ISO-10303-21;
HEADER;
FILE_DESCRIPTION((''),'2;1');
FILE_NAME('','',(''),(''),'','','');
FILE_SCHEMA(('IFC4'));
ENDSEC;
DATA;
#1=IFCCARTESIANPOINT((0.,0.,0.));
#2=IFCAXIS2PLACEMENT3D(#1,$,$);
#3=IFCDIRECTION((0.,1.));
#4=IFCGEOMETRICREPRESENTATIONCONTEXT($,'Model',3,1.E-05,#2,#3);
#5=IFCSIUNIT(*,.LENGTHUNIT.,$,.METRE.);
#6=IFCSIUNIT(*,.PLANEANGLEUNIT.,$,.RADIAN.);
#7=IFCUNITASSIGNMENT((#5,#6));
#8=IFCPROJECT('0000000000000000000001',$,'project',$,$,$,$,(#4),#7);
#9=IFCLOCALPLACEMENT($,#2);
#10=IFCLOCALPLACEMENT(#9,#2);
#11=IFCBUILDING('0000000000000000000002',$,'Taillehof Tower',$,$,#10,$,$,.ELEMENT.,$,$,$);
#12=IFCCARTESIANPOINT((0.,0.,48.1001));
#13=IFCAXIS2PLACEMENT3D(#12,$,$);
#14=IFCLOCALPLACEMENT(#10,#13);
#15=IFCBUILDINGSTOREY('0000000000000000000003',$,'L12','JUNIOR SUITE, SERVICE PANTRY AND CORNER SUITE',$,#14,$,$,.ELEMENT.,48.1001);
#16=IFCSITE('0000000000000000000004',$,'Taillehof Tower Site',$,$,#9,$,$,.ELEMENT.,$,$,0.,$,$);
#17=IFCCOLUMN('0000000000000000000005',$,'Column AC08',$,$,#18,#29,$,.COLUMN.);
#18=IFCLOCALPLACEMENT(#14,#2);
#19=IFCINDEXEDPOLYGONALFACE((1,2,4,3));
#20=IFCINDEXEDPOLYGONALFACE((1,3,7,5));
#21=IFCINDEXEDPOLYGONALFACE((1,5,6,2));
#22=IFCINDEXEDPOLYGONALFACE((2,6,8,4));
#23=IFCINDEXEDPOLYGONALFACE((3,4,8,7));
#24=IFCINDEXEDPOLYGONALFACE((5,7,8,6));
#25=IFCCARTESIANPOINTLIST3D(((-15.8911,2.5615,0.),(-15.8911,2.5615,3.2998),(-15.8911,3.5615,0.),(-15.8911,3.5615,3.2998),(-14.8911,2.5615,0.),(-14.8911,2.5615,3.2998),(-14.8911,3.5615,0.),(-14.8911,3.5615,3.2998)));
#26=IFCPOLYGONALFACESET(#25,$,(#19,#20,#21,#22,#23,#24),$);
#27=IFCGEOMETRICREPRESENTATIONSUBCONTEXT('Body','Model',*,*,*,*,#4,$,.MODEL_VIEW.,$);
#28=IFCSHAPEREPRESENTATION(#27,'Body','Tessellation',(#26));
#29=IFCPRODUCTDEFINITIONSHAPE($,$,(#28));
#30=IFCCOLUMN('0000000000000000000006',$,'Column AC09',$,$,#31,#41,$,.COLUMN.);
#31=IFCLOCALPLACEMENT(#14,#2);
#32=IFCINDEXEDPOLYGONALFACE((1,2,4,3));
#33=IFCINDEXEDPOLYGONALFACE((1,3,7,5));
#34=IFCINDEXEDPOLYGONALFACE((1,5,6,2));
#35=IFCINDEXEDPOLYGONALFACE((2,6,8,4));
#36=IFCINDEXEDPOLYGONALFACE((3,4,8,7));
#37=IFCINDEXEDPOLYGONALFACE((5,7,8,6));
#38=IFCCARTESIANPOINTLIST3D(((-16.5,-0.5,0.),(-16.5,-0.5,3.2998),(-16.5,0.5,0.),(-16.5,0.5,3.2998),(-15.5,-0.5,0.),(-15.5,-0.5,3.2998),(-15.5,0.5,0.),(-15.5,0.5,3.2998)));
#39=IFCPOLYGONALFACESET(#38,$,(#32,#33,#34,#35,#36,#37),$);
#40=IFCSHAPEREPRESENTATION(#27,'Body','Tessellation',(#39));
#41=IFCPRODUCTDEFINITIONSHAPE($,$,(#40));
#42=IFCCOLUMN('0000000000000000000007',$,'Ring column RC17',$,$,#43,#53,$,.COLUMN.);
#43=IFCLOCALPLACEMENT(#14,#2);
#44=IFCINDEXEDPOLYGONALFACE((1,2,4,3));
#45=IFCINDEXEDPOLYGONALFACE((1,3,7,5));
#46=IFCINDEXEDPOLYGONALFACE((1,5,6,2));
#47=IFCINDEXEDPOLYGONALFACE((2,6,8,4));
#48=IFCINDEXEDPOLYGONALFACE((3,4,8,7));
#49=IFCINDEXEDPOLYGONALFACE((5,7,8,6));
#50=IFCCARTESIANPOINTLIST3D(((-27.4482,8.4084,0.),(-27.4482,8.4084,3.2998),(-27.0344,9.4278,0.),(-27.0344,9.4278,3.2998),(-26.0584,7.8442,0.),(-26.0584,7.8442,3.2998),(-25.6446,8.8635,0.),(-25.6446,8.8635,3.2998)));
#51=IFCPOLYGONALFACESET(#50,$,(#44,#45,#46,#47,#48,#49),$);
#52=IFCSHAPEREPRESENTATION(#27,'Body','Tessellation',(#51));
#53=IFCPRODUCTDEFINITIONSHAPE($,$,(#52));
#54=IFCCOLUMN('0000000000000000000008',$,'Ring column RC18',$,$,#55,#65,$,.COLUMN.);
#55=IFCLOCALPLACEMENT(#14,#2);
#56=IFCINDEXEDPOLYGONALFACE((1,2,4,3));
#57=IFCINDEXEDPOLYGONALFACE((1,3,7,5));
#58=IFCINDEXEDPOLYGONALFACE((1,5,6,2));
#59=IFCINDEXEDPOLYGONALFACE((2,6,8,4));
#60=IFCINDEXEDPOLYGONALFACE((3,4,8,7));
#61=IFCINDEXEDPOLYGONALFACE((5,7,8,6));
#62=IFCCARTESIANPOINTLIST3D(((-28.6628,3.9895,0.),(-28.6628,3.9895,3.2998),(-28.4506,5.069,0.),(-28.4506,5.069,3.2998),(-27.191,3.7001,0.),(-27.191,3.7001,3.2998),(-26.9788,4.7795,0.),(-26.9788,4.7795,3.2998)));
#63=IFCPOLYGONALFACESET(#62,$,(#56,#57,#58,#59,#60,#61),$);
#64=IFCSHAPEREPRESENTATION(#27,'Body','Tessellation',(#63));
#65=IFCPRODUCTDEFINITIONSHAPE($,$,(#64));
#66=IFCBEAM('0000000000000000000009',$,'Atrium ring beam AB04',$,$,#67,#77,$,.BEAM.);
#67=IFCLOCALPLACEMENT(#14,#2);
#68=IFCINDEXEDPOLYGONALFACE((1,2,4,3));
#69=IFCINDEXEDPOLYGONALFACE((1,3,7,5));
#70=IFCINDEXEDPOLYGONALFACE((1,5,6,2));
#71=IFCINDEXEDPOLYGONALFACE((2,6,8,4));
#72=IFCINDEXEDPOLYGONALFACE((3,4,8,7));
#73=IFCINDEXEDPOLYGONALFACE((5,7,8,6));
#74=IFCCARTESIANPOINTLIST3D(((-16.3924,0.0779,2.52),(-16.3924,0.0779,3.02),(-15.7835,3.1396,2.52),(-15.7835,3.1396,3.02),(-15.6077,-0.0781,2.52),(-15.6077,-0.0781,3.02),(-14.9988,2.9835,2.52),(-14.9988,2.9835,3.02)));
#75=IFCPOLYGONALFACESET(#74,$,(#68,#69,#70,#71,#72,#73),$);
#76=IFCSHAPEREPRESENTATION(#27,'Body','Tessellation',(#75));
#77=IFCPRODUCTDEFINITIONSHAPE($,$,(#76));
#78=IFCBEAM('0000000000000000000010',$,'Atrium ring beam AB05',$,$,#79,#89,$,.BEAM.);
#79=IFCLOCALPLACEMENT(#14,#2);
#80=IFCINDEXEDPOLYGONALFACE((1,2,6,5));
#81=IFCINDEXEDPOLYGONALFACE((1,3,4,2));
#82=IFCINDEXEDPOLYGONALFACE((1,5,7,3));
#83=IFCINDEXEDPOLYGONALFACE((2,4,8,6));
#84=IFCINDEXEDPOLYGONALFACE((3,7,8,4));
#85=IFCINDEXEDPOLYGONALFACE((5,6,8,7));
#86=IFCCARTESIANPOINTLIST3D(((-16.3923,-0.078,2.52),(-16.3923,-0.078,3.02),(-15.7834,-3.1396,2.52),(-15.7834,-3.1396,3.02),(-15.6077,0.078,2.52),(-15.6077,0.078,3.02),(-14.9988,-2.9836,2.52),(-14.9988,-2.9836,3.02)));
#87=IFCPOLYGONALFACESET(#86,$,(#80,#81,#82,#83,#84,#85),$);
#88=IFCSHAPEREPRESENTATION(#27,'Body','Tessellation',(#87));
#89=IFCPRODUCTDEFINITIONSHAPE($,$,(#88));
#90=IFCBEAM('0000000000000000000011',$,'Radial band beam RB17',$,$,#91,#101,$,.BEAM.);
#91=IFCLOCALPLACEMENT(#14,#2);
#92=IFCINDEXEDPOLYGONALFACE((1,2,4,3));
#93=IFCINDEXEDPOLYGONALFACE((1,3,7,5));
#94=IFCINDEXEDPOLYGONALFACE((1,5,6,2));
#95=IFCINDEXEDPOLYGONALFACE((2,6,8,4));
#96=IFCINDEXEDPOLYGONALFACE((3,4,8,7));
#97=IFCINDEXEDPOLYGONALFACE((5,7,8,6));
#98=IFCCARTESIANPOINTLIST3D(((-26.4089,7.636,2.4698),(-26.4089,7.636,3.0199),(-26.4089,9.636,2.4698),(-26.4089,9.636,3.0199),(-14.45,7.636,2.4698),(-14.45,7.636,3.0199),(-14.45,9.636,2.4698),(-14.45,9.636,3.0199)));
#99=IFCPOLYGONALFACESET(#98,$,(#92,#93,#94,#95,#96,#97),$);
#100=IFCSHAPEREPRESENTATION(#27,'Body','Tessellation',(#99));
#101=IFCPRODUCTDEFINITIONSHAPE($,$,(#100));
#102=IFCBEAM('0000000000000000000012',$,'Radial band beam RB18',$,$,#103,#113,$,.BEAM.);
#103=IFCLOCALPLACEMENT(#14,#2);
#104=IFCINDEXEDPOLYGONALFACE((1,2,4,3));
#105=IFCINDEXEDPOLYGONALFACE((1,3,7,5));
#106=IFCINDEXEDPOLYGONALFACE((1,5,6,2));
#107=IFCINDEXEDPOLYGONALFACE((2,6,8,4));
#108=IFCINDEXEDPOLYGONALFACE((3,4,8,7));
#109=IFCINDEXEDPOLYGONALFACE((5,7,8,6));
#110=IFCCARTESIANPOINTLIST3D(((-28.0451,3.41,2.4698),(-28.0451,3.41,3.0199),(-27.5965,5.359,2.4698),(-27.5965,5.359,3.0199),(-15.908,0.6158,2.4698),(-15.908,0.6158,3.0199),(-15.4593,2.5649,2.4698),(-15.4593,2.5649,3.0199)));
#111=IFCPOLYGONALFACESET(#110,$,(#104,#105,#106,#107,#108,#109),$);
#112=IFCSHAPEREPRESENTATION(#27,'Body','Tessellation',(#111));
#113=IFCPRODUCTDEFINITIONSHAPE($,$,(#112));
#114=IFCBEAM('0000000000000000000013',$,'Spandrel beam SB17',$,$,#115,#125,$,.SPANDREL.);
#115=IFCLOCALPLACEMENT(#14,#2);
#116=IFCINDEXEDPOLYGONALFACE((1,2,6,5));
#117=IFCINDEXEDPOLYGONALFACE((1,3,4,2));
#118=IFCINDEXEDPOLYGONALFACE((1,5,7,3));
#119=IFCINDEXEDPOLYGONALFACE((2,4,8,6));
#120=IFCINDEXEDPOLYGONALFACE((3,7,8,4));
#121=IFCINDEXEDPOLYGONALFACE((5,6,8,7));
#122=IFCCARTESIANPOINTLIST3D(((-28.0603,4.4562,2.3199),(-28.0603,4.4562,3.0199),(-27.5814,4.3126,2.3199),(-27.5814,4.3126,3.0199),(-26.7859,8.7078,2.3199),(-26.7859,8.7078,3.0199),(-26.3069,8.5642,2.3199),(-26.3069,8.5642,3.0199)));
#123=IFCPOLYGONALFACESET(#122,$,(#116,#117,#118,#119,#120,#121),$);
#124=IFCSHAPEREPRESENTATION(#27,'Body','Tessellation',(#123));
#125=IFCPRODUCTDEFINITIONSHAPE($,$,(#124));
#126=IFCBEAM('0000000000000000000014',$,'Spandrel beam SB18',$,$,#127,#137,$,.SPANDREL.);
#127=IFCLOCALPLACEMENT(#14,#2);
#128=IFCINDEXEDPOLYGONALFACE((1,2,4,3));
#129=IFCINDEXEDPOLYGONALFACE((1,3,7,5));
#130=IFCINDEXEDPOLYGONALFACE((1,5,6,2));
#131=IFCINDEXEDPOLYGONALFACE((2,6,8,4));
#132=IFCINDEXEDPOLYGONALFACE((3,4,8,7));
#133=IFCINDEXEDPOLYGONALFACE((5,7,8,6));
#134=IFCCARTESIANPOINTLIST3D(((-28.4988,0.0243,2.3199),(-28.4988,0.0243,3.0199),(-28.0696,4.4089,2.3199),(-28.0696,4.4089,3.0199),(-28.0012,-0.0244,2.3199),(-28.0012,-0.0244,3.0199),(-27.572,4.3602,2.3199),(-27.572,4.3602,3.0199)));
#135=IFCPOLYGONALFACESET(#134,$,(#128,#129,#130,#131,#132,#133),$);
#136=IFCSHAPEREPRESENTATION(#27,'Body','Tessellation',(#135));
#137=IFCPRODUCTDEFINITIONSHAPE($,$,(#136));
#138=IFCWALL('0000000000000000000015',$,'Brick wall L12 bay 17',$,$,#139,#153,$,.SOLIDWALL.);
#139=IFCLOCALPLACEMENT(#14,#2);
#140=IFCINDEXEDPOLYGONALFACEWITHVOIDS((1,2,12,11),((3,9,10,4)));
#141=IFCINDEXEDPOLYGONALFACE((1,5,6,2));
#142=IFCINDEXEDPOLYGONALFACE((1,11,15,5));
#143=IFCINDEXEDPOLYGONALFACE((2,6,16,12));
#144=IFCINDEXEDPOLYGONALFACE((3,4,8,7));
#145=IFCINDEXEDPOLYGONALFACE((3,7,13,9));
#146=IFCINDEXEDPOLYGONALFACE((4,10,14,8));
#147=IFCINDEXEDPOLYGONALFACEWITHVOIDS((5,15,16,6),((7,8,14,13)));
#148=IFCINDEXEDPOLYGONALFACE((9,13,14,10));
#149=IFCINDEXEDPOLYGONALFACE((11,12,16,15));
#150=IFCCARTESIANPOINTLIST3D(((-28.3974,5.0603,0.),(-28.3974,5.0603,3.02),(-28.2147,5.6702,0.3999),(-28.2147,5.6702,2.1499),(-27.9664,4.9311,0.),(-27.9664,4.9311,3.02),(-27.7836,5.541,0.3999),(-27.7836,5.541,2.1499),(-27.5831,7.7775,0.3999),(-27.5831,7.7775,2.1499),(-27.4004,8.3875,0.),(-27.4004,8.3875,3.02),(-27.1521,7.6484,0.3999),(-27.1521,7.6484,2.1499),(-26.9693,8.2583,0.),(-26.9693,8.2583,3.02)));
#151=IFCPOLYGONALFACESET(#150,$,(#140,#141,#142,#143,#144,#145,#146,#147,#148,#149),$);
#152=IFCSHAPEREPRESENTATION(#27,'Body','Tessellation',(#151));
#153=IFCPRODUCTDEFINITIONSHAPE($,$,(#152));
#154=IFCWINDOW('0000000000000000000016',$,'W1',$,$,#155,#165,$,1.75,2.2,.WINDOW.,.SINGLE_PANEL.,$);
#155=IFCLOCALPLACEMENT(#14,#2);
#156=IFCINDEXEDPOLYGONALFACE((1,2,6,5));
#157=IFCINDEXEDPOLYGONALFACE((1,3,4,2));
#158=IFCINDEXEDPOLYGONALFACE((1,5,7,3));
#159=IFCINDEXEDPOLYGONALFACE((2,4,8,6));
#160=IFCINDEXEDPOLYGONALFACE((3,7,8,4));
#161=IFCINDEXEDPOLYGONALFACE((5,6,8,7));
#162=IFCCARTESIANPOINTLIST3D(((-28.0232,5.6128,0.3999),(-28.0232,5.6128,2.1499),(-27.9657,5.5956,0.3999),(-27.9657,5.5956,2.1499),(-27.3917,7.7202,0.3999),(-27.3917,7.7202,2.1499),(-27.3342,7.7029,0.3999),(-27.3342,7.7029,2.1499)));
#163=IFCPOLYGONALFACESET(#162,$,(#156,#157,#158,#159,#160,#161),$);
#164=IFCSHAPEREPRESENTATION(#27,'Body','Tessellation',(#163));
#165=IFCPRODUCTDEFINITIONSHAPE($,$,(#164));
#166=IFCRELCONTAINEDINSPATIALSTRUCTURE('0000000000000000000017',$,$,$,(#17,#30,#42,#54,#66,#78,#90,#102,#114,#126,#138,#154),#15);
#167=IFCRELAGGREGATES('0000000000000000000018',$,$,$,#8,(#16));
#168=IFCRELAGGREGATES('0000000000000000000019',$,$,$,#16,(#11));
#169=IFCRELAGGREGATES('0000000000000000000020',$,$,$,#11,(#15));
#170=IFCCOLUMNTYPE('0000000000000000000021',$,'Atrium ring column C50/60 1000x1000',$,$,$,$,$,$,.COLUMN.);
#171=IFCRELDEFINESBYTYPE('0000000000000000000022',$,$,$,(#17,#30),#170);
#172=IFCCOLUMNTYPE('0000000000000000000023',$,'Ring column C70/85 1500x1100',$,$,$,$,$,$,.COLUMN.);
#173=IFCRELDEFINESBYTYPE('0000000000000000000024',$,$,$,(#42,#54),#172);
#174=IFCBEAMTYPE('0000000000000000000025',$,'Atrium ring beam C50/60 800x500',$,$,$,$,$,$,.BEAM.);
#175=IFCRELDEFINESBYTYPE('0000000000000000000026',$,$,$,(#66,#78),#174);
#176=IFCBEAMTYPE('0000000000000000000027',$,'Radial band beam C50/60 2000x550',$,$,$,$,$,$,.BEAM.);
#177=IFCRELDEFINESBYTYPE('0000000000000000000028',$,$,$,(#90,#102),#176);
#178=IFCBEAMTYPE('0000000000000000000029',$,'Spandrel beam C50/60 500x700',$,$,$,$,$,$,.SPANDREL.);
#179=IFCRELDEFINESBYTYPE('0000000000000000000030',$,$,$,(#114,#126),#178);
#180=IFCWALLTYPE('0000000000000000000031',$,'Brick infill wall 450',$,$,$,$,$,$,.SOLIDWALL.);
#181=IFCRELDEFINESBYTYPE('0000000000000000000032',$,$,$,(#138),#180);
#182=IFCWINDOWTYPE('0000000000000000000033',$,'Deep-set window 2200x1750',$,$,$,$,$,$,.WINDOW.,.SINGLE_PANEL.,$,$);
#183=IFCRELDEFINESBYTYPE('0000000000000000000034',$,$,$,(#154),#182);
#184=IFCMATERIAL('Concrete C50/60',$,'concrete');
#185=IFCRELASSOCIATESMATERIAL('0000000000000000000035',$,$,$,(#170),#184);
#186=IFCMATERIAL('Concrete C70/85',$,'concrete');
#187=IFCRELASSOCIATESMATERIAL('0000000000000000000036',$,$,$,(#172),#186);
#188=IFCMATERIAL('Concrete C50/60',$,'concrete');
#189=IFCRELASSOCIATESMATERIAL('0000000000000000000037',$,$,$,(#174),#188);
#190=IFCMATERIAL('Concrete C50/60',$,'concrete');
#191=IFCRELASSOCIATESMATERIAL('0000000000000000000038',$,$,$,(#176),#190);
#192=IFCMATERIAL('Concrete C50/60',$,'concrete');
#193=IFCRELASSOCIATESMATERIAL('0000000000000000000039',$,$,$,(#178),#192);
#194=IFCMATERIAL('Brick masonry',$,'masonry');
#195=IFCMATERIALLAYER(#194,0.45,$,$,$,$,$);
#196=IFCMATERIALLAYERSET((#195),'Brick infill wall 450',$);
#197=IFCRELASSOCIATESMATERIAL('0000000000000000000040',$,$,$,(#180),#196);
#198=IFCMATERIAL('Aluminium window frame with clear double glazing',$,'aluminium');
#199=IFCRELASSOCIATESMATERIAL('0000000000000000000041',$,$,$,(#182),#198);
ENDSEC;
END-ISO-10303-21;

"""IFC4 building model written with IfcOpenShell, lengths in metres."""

from ifc_helpers import new_model, si_unit, direction, frame, frame_2d, origin, origin_2d, place, context, subcontext, project, spatial, rectangle, extrude, material, layer, layer_set, material_profile, profile_set, type_object, element, fill, save


model = new_model("IFC4")

# Units and contexts
model_context = context("Model", 3, precision=1e-05, world=origin(), true_north=direction((0.0, 1.0)))
body_context = subcontext(model_context, "Body", "Model", "MODEL_VIEW")
ifc_project = project(units=[si_unit("LENGTHUNIT", "METRE"), si_unit("PLANEANGLEUNIT", "RADIAN")], contexts=[model_context])

# Site, building, storey
site_placement = place(None, origin())
site = spatial("IfcSite", under=ifc_project, at=site_placement, Name="Taillehof Tower Site", CompositionType="ELEMENT", RefElevation=0.0)
building_placement = place(site_placement, origin())
building = spatial("IfcBuilding", under=site, at=building_placement, Name="Taillehof Tower", CompositionType="ELEMENT")
storey_placement = place(building_placement, frame((0.0, 0.0, 48.1001)))
storey = spatial("IfcBuildingStorey", under=building, at=storey_placement, Name="L12", Description="JUNIOR SUITE, SERVICE PANTRY AND CORNER SUITE", CompositionType="ELEMENT", Elevation=48.1001)

# Columns
ifc_material_1 = material(Name="Concrete C50/60", Category="concrete")
ifc_material_profile_1 = material_profile(ifc_material_1, rectangle(XDim=1.0, YDim=1.0, at=origin_2d()), Name="RC 1000x1000")
ifc_profile_set_1 = profile_set([ifc_material_profile_1], Name="Concrete C50/60")
column_type_1 = type_object("IfcColumnType", Name="Atrium ring column C50/60 1000x1000", PredefinedType="COLUMN", material=ifc_profile_set_1)
for number, where, z_axis, x_axis, name in (
    (1, (-15.3911, 3.0615, 0.0), (0.0, 0.0, 1.0), (1.0, 0.0, 0.0), "Column AC08"),
    (2, (-16.0, 0.0, 0.0), (0.0, 0.0, 1.0), (1.0, 0.0, 0.0), "Column AC09"),
):
    element("IfcColumn", number, at=place(storey_placement, frame(where, z_axis=z_axis, x_axis=x_axis)), inside=storey, type_object=column_type_1, Name=name, PredefinedType="COLUMN", context=body_context, shape_type="SweptSolid", body=[
        extrude(rectangle(XDim=1.0, YDim=1.0, at=origin_2d()), origin(), (0.0, 0.0, 1.0), 3.2998),
    ])
ifc_material_2 = material(Name="Concrete C70/85", Category="concrete")
ifc_material_profile_2 = material_profile(ifc_material_2, rectangle(XDim=1.5, YDim=1.1001, at=origin_2d()), Name="RC 1500x1100")
ifc_profile_set_2 = profile_set([ifc_material_profile_2], Name="Concrete C70/85")
column_type_2 = type_object("IfcColumnType", Name="Ring column C70/85 1500x1100", PredefinedType="COLUMN", material=ifc_profile_set_2)
for number, where, z_axis, x_axis, name in (
    (3, (-26.5464, 8.636, 0.0), (0.0, 0.0, 1.0), (-0.926558, 0.376152, 0.0), "Ring column RC17"),
    (4, (-27.8208, 4.3845, 0.0), (0.0, 0.0, 1.0), (-0.981204, 0.192976, 0.0), "Ring column RC18"),
):
    element("IfcColumn", number, at=place(storey_placement, frame(where, z_axis=z_axis, x_axis=x_axis)), inside=storey, type_object=column_type_2, Name=name, PredefinedType="COLUMN", context=body_context, shape_type="SweptSolid", body=[
        extrude(rectangle(XDim=1.5, YDim=1.1001, at=origin_2d()), origin(), (0.0, 0.0, 1.0), 3.2998),
    ])

# Beams
ifc_material_3 = material(Name="Concrete C50/60", Category="concrete")
ifc_material_profile_3 = material_profile(ifc_material_3, rectangle(XDim=0.8, YDim=0.5, at=origin_2d()), Name="RC 800x500")
ifc_profile_set_3 = profile_set([ifc_material_profile_3], Name="Concrete C50/60")
beam_type_1 = type_object("IfcBeamType", Name="Atrium ring beam C50/60 800x500", PredefinedType="BEAM", material=ifc_profile_set_3)
for number, where, z_axis, x_axis, name in (
    (5, (-15.3911, 3.0615, 2.77), (-0.195063, -0.980791, 0.0), (0.980791, -0.195063, 0.0), "Atrium ring beam AB04"),
    (6, (-16.0, 0.0, 2.77), (0.195063, -0.980791, 0.0), (0.980791, 0.195063, 0.0), "Atrium ring beam AB05"),
):
    element("IfcBeam", number, at=place(storey_placement, frame(where, z_axis=z_axis, x_axis=x_axis)), inside=storey, type_object=beam_type_1, Name=name, PredefinedType="BEAM", context=body_context, shape_type="SweptSolid", body=[
        extrude(rectangle(XDim=0.8, YDim=0.5, at=origin_2d()), origin(), (0.0, 0.0, 1.0), 3.1216),
    ])
ifc_material_4 = material(Name="Concrete C50/60", Category="concrete")
ifc_material_profile_4 = material_profile(ifc_material_4, rectangle(XDim=2.0, YDim=0.55, at=origin_2d()), Name="RC 2000x550")
ifc_profile_set_4 = profile_set([ifc_material_profile_4], Name="Concrete C50/60")
beam_type_2 = type_object("IfcBeamType", Name="Radial band beam C50/60 2000x550", PredefinedType="BEAM", material=ifc_profile_set_4)
beam_1_placement = place(storey_placement, frame((-26.4089, 8.636, 2.7449), z_axis=(1.0, 0.0, 0.0), x_axis=(0.0, 1.0, 0.0)))
element("IfcBeam", 7, at=beam_1_placement, inside=storey, type_object=beam_type_2, Name="Radial band beam RB17", PredefinedType="BEAM", context=body_context, shape_type="SweptSolid", body=[
    extrude(rectangle(XDim=2.0, YDim=0.55, at=origin_2d()), origin(), (0.0, 0.0, 1.0), 11.959),
])
beam_2_placement = place(storey_placement, frame((-27.8208, 4.3845, 2.7449), z_axis=(0.974509, -0.224348, 0.0), x_axis=(0.224348, 0.974509, 0.0)))
element("IfcBeam", 8, at=beam_2_placement, inside=storey, type_object=beam_type_2, Name="Radial band beam RB18", PredefinedType="BEAM", context=body_context, shape_type="SweptSolid", body=[
    extrude(rectangle(XDim=2.0, YDim=0.55, at=origin_2d()), origin(), (0.0, 0.0, 1.0), 12.4546),
])
ifc_material_5 = material(Name="Concrete C50/60", Category="concrete")
ifc_material_profile_5 = material_profile(ifc_material_5, rectangle(XDim=0.5, YDim=0.7, at=origin_2d()), Name="RC 500x700")
ifc_profile_set_5 = profile_set([ifc_material_profile_5], Name="Concrete C50/60")
beam_type_3 = type_object("IfcBeamType", Name="Spandrel beam C50/60 500x700", PredefinedType="SPANDREL", material=ifc_profile_set_5)
beam_3_placement = place(storey_placement, frame((-26.5464, 8.636, 2.6699), z_axis=(-0.287136, -0.95789, 0.0), x_axis=(0.95789, -0.287136, 0.0)))
element("IfcBeam", 9, at=beam_3_placement, inside=storey, type_object=beam_type_3, Name="Spandrel beam SB17", PredefinedType="SPANDREL", context=body_context, shape_type="SweptSolid", body=[
    extrude(rectangle(XDim=0.5, YDim=0.7, at=origin_2d()), origin(), (0.0, 0.0, 1.0), 4.4385),
])
beam_4_placement = place(storey_placement, frame((-27.8208, 4.3845, 2.6699), z_axis=(-0.097424, -0.995243, 0.0), x_axis=(0.995243, -0.097424, 0.0)))
element("IfcBeam", 10, at=beam_4_placement, inside=storey, type_object=beam_type_3, Name="Spandrel beam SB18", PredefinedType="SPANDREL", context=body_context, shape_type="SweptSolid", body=[
    extrude(rectangle(XDim=0.5, YDim=0.7, at=origin_2d()), origin(), (0.0, 0.0, 1.0), 4.4055),
])

# Wall, opening, window
ifc_material_6 = material(Name="Brick masonry", Category="masonry")
ifc_layer_1 = layer(ifc_material_6, 0.45)
ifc_layer_set_1 = layer_set([ifc_layer_1], Name="Brick infill wall 450")
wall_type_1 = type_object("IfcWallType", Name="Brick infill wall 450", PredefinedType="SOLIDWALL", material=ifc_layer_set_1)
wall_1_placement = place(storey_placement, frame((-27.1848, 8.323, 0.0), z_axis=(0.0, 0.0, 1.0), x_axis=(-0.287064, -0.957911, 0.0)))
wall_1 = element("IfcWall", 11, at=wall_1_placement, inside=storey, type_object=wall_type_1, Name="Brick wall L12 bay 17", PredefinedType="SOLIDWALL", context=body_context, shape_type="SweptSolid", body=[
    extrude(rectangle(XDim=3.4734, YDim=0.45, at=frame_2d((1.7368, 0.0))), origin(), (0.0, 0.0, 1.0), 3.02),
])
opening_1_placement = place(wall_1_placement, frame((0.6367, 0.0, 0.3999)))
opening_1 = element("IfcOpeningElement", 12, at=opening_1_placement, cuts=wall_1, PredefinedType="OPENING", context=body_context, shape_type="SweptSolid", body=[
    extrude(rectangle(XDim=2.2, YDim=1.75, at=frame_2d((1.1001, 0.875))), frame((0.0, 0.2349, 0.0), z_axis=(0.0, -1.0, 0.0), x_axis=(1.0, 0.0, 0.0)), (0.0, 0.0, 1.0), 0.47),
])
ifc_material_7 = material(Name="Aluminium window frame with clear double glazing", Category="aluminium")
window_type = type_object("IfcWindowType", Name="Deep-set window 2200x1750", PartitioningType="SINGLE_PANEL", PredefinedType="WINDOW", material=ifc_material_7)
window_1_placement = place(opening_1_placement, origin())
window_1 = element("IfcWindow", 13, at=window_1_placement, inside=storey, type_object=window_type, Name="W1", OverallHeight=1.75, OverallWidth=2.2, PartitioningType="SINGLE_PANEL", PredefinedType="WINDOW", context=body_context, shape_type="SweptSolid", body=[
    extrude(rectangle(XDim=2.2, YDim=1.75, at=frame_2d((1.1001, 0.875))), frame((0.0, 0.0349, 0.0), z_axis=(0.0, -1.0, 0.0), x_axis=(1.0, 0.0, 0.0)), (0.0, 0.0, 1.0), 0.0601),
])
fill(opening_1, window_1)

save(model, "model.ifc")
